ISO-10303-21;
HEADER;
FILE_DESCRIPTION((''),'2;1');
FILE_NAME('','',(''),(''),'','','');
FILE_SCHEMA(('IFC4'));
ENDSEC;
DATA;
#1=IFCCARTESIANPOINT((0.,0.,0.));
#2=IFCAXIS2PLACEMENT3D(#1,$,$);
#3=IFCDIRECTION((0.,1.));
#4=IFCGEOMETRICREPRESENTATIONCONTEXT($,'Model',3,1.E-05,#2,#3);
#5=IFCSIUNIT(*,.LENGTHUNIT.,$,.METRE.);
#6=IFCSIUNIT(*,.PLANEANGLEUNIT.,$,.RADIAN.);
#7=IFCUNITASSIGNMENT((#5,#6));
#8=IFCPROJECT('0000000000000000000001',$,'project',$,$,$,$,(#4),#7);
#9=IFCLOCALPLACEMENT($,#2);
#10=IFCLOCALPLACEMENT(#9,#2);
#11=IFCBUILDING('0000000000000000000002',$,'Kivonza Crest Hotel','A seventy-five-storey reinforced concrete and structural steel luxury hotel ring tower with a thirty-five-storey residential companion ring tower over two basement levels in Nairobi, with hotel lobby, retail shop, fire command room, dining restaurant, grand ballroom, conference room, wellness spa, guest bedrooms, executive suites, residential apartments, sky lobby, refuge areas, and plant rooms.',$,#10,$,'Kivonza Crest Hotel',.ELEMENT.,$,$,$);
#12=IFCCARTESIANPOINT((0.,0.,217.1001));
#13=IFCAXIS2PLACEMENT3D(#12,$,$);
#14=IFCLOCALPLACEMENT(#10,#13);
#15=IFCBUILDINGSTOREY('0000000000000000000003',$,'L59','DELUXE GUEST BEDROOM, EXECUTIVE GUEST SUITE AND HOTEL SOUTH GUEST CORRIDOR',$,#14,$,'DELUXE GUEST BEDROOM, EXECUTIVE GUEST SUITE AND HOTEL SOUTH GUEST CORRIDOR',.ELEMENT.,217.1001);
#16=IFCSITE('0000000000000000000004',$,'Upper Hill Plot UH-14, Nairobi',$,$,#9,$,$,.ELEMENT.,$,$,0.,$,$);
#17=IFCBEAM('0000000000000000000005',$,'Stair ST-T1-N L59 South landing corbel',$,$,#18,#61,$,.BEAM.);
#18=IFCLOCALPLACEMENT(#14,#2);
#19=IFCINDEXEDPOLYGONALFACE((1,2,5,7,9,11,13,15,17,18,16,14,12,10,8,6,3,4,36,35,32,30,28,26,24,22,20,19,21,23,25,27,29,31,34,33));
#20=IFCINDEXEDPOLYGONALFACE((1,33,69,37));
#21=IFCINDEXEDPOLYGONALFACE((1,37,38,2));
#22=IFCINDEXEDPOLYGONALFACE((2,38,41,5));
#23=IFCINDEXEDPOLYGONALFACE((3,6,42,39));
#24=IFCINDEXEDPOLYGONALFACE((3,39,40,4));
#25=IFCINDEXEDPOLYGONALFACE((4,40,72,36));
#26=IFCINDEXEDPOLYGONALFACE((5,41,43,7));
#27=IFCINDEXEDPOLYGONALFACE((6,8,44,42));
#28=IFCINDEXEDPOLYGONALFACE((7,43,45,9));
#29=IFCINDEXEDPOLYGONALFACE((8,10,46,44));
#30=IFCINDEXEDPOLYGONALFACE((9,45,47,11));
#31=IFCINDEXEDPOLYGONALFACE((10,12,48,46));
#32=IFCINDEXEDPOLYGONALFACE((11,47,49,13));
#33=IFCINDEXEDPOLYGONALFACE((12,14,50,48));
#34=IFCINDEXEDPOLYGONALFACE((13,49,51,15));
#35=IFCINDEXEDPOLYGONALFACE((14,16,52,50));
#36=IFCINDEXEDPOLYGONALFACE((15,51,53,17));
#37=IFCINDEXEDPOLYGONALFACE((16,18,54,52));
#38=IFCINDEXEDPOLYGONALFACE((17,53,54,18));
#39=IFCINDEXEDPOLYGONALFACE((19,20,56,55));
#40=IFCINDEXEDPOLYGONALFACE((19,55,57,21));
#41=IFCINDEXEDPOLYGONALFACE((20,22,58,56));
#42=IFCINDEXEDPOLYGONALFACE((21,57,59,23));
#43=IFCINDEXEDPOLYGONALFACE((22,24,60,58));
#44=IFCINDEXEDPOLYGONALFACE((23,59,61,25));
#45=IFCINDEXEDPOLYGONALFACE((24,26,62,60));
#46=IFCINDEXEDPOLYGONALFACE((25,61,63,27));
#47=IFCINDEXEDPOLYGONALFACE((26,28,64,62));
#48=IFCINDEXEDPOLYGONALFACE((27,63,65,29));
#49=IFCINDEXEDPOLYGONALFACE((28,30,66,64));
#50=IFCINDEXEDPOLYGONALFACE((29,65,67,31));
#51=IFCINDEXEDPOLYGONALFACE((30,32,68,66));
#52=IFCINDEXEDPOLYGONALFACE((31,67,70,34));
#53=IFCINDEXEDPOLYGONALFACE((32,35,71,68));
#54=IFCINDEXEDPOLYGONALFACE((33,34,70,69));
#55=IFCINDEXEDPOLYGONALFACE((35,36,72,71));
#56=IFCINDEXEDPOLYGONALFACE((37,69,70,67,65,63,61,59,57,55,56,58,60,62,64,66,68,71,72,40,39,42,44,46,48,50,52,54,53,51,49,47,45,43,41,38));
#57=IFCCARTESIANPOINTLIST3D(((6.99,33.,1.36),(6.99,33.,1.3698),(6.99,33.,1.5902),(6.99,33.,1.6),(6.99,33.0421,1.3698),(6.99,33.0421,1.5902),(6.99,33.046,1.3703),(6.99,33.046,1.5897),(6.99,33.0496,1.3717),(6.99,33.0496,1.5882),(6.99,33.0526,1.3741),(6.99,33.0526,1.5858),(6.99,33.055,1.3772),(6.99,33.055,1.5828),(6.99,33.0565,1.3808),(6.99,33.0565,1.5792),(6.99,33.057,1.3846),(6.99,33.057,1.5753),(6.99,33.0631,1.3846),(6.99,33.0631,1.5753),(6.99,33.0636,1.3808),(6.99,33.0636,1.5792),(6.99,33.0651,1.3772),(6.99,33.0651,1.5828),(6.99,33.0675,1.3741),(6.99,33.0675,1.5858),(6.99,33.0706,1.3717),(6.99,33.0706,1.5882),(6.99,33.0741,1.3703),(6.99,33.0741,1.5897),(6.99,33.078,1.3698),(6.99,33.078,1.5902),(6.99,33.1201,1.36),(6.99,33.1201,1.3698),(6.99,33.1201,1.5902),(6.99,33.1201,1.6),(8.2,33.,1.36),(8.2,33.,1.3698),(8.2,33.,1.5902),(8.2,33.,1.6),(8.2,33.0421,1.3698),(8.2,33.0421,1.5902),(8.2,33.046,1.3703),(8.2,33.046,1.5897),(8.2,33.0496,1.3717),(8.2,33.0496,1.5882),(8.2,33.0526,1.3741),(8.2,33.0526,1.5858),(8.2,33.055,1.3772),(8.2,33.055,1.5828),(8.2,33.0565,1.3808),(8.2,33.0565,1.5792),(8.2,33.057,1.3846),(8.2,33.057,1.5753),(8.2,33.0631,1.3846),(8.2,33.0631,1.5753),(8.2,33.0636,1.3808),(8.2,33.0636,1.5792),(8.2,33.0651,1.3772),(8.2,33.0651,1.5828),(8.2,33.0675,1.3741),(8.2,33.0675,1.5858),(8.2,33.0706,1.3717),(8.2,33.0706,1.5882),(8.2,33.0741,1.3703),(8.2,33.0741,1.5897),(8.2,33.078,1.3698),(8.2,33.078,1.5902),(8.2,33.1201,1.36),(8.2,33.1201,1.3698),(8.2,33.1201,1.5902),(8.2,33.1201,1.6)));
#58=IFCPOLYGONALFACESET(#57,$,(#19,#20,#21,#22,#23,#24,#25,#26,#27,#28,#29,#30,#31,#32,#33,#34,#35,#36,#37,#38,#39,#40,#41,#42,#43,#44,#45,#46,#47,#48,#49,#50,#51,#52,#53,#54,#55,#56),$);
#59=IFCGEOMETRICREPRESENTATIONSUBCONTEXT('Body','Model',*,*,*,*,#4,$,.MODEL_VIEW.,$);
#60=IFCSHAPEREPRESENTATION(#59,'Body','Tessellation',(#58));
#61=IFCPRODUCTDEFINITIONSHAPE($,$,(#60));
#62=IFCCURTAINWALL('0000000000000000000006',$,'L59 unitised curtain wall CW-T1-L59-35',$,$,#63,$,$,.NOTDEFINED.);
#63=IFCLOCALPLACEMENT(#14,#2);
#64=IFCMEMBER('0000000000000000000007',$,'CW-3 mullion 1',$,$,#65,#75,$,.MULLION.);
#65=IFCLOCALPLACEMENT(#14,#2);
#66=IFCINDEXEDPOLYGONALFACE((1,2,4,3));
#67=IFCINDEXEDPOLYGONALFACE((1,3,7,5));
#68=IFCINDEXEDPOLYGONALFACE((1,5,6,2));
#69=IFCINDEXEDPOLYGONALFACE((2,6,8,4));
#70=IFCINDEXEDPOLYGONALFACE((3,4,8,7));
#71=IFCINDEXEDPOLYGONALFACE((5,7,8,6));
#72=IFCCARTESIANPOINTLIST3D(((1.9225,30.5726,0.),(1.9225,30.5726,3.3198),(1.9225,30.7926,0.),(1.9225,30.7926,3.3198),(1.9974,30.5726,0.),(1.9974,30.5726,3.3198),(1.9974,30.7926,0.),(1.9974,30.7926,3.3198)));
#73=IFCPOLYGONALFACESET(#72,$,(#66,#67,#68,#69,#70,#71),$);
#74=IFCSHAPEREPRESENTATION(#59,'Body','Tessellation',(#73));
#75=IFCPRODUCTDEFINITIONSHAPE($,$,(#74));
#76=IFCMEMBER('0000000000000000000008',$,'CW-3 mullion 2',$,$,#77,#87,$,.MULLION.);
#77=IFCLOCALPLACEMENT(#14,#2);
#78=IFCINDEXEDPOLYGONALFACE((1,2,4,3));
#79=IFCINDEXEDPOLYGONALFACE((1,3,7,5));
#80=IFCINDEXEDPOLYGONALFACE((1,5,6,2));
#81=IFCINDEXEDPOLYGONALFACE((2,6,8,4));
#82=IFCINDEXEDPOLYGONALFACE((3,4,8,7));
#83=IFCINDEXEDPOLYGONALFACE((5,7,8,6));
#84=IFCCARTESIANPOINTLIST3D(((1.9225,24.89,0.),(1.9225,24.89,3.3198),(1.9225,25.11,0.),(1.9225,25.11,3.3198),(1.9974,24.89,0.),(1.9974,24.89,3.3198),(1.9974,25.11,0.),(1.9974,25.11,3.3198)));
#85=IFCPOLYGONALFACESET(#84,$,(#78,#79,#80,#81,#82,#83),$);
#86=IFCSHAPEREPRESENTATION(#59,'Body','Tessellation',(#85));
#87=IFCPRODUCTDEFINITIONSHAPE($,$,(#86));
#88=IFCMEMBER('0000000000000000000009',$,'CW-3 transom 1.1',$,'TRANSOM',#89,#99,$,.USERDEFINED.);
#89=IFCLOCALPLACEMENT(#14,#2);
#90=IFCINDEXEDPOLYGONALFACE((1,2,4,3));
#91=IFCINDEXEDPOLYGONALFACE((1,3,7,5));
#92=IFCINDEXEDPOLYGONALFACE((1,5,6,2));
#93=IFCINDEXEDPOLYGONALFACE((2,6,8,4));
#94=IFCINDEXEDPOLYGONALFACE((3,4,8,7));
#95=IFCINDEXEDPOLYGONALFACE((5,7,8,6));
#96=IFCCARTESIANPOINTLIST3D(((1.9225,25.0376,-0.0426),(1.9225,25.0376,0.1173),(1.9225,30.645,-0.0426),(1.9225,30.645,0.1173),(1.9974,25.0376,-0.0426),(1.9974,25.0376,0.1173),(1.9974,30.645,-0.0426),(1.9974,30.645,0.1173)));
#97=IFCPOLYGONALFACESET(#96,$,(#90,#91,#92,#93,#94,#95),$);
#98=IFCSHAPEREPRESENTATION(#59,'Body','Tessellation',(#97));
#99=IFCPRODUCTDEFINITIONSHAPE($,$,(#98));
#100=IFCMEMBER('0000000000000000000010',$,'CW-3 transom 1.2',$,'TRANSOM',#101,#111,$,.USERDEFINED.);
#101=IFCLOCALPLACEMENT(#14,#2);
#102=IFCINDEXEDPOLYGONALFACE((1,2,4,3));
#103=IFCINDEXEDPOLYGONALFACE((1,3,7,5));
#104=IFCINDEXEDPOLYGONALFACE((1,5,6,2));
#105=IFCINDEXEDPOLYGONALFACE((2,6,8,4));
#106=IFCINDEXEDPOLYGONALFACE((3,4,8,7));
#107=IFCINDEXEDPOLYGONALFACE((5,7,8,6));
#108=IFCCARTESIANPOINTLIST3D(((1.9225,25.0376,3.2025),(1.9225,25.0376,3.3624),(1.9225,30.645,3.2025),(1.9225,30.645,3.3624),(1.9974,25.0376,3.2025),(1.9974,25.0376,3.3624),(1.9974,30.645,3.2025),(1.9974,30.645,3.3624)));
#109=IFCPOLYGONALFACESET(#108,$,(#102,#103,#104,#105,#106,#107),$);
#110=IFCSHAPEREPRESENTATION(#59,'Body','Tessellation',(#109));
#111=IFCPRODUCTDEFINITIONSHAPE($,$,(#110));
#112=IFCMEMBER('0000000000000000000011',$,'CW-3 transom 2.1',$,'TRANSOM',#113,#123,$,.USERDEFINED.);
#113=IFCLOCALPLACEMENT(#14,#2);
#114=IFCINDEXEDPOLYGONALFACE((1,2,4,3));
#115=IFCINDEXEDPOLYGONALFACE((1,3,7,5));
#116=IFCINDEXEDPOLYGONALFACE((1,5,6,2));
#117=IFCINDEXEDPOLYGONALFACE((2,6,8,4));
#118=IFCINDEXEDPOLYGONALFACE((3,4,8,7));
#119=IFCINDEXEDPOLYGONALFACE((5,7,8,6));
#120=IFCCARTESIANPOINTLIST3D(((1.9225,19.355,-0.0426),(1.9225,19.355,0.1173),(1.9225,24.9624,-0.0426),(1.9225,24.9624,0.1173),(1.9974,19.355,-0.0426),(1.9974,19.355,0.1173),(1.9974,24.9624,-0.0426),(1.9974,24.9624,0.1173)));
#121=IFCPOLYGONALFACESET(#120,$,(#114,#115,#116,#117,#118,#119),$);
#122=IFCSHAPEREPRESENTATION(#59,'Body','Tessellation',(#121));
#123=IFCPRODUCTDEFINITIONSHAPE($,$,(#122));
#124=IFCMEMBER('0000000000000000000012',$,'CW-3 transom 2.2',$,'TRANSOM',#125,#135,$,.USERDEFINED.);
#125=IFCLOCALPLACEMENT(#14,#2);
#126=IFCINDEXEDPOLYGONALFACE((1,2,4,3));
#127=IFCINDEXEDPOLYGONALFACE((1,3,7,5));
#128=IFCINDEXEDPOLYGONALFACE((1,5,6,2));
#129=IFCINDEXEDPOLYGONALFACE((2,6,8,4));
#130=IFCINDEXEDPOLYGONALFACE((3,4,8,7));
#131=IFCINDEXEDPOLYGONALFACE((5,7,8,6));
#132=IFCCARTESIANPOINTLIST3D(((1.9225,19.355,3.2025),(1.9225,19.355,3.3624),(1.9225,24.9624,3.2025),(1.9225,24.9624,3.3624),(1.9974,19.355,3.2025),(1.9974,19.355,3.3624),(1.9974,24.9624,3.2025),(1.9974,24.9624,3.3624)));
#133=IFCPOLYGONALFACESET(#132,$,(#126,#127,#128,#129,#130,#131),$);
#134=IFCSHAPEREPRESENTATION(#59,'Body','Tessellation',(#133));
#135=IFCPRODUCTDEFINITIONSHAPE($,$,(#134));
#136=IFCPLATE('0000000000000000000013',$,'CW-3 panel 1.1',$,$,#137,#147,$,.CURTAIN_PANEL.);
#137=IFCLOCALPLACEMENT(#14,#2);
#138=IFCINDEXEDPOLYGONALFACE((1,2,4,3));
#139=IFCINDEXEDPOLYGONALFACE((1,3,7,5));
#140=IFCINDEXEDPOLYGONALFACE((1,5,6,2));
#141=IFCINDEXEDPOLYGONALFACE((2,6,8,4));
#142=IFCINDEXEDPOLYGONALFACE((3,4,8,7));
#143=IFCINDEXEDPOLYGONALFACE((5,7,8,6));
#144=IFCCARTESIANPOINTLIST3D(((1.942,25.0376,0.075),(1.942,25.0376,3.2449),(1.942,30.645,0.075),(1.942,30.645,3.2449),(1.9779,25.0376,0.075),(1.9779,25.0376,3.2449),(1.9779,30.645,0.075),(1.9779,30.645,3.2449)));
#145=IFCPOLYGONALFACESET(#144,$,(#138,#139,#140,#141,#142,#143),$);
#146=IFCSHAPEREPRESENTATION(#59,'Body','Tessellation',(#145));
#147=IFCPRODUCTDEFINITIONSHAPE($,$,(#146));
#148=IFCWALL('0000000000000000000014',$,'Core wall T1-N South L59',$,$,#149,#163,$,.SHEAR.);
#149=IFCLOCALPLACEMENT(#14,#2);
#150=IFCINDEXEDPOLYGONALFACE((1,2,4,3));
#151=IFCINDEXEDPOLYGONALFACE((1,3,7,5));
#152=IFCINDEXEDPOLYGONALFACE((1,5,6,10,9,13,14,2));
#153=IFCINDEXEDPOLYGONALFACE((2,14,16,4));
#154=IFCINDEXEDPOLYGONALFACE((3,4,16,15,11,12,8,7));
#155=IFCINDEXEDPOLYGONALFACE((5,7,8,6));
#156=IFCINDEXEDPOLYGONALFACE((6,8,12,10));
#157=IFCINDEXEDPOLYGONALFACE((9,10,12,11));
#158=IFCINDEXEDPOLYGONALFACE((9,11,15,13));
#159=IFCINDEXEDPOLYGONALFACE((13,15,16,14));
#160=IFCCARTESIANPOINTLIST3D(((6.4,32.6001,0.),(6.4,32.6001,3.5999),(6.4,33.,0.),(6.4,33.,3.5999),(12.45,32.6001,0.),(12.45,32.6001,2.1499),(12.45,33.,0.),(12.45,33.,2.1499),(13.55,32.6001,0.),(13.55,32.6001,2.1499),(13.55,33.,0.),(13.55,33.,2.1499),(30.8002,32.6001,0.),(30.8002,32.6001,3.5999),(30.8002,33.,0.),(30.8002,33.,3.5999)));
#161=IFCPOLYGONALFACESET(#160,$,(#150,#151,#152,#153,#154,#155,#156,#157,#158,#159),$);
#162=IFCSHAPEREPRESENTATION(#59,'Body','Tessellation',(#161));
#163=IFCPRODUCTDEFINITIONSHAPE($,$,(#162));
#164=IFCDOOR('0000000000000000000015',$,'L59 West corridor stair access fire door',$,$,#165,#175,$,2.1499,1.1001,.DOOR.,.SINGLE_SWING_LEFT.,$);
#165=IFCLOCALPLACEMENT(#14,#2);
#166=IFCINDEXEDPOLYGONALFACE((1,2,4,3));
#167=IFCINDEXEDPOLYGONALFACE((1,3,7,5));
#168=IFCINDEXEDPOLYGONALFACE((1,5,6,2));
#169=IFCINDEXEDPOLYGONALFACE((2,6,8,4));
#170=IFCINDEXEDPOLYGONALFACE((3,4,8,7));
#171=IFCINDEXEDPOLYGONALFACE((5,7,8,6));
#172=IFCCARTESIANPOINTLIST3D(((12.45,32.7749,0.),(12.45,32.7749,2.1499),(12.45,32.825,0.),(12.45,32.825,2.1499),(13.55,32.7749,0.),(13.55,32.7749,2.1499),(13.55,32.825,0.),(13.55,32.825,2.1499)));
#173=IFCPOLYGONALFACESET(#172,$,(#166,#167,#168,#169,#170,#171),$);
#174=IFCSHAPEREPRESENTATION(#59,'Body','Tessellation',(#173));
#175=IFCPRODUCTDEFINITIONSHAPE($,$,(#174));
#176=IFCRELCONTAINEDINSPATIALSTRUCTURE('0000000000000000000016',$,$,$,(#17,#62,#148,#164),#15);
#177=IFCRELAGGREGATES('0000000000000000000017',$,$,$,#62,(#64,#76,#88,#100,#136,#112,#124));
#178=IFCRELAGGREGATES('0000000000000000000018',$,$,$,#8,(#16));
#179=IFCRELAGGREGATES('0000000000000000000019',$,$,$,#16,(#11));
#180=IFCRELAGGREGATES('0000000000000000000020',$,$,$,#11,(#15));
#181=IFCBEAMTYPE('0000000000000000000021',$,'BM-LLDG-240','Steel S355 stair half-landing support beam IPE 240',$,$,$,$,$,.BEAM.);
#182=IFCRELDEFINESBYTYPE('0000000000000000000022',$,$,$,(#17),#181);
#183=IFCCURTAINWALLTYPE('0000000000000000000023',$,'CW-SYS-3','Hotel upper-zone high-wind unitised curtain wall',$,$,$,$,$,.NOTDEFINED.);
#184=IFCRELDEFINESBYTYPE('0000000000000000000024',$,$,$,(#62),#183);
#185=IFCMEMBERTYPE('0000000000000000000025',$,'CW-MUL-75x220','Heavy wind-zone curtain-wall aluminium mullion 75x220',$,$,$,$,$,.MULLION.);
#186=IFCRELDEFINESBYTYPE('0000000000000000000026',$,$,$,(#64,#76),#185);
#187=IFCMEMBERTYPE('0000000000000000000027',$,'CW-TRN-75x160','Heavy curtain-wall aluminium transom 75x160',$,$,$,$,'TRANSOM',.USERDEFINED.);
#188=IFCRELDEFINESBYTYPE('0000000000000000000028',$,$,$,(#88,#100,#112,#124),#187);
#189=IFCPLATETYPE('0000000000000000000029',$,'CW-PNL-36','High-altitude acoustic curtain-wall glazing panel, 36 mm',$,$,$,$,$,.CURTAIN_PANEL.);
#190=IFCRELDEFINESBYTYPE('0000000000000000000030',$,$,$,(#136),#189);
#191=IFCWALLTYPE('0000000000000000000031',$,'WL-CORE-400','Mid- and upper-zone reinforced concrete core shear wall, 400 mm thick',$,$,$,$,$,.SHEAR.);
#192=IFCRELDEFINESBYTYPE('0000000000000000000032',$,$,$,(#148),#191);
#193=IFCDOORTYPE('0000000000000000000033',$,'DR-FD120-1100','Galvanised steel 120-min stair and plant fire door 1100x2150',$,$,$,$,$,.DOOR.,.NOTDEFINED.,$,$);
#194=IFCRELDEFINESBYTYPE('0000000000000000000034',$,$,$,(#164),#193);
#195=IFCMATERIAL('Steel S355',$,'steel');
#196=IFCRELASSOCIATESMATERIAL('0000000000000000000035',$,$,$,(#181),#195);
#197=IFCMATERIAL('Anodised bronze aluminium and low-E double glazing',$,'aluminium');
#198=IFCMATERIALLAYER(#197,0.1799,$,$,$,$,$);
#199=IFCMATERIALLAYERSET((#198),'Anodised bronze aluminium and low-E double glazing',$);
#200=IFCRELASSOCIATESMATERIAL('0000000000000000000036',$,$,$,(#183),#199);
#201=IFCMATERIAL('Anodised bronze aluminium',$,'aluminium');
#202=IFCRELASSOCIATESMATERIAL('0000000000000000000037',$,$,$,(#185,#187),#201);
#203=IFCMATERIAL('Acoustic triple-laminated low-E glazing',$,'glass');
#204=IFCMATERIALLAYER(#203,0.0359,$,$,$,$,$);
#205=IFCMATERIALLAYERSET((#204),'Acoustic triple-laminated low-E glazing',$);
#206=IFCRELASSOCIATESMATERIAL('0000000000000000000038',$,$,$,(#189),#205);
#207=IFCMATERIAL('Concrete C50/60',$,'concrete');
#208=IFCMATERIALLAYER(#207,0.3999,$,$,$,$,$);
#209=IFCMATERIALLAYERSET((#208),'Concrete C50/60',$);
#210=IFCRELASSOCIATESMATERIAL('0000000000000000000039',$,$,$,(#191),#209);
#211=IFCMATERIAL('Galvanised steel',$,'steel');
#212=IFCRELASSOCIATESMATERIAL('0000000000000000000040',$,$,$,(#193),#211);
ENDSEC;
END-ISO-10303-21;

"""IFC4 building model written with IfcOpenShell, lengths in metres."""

from ifc_helpers import new_model, si_unit, direction, frame, frame_2d, origin, origin_2d, place, context, subcontext, project, spatial, rectangle, i_section, extrude, material, layer, layer_set, material_profile, profile_set, type_object, element, fill, aggregate, save


model = new_model("IFC4")

# Units and contexts
model_context = context("Model", 3, precision=1e-05, world=origin(), true_north=direction((0.0, 1.0)))
body_context = subcontext(model_context, "Body", "Model", "MODEL_VIEW")
ifc_project = project(units=[si_unit("LENGTHUNIT", "METRE"), si_unit("PLANEANGLEUNIT", "RADIAN")], contexts=[model_context])

# Site, building, storey
site_placement = place(None, origin())
site = spatial("IfcSite", under=ifc_project, at=site_placement, Name="Upper Hill Plot UH-14, Nairobi", CompositionType="ELEMENT", RefElevation=0.0)
building_placement = place(site_placement, origin())
building = spatial("IfcBuilding", under=site, at=building_placement, Name="Kivonza Crest Hotel", Description="A seventy-five-storey reinforced concrete and structural steel luxury hotel ring tower with a thirty-five-storey residential companion ring tower over two basement levels in Nairobi, with hotel lobby, retail shop, fire command room, dining restaurant, grand ballroom, conference room, wellness spa, guest bedrooms, executive suites, residential apartments, sky lobby, refuge areas, and plant rooms.", LongName="Kivonza Crest Hotel", CompositionType="ELEMENT")
storey_placement = place(building_placement, frame((0.0, 0.0, 217.1001)))
storey = spatial("IfcBuildingStorey", under=building, at=storey_placement, Name="L59", Description="DELUXE GUEST BEDROOM, EXECUTIVE GUEST SUITE AND HOTEL SOUTH GUEST CORRIDOR", LongName="DELUXE GUEST BEDROOM, EXECUTIVE GUEST SUITE AND HOTEL SOUTH GUEST CORRIDOR", CompositionType="ELEMENT", Elevation=217.1001)

# Shared definitions
ifc_material_1 = material(Name="Concrete C50/60", Category="concrete")

# Beam
ifc_material_2 = material(Name="Steel S355", Category="steel")
ifc_material_profile_1 = material_profile(ifc_material_2, i_section(OverallWidth=0.1201, OverallDepth=0.24, WebThickness=0.0061, FlangeThickness=0.0098, FilletRadius=0.0149, at=origin_2d()), Name="IPE 240")
ifc_profile_set_1 = profile_set([ifc_material_profile_1], Name="Steel S355")
beam_type_1 = type_object("IfcBeamType", Name="BM-LLDG-240", Description="Steel S355 stair half-landing support beam IPE 240", PredefinedType="BEAM", material=ifc_profile_set_1)
beam_1_placement = place(storey_placement, frame((6.99, 33.0601, 1.48), z_axis=(1.0, 0.0, 0.0), x_axis=(0.0, 1.0, 0.0)))
element("IfcBeam", 1, at=beam_1_placement, inside=storey, type_object=beam_type_1, Name="Stair ST-T1-N L59 South landing corbel", PredefinedType="BEAM", context=body_context, shape_type="SweptSolid", body=[
    extrude(i_section(OverallWidth=0.1201, OverallDepth=0.24, WebThickness=0.0061, FlangeThickness=0.0098, FilletRadius=0.0149, at=origin_2d()), origin(), (0.0, 0.0, 1.0), 1.21),
])

# Curtain wall, members, plate
ifc_material_3 = material(Name="Anodised bronze aluminium and low-E double glazing", Category="aluminium")
ifc_layer_1 = layer(ifc_material_3, 0.1799)
ifc_layer_set_1 = layer_set([ifc_layer_1], Name="Anodised bronze aluminium and low-E double glazing")
curtain_wall_type = type_object("IfcCurtainWallType", Name="CW-SYS-3", Description="Hotel upper-zone high-wind unitised curtain wall", PredefinedType="NOTDEFINED", material=ifc_layer_set_1)
curtain_wall_placement = place(storey_placement, origin())
curtain_wall = element("IfcCurtainWall", 2, at=curtain_wall_placement, inside=storey, type_object=curtain_wall_type, Name="L59 unitised curtain wall CW-T1-L59-35", PredefinedType="NOTDEFINED")
ifc_material_4 = material(Name="Anodised bronze aluminium", Category="aluminium")
ifc_material_profile_2 = material_profile(ifc_material_4, rectangle(XDim=0.075, YDim=0.22, at=origin_2d()), Name="CW-M 75x220")
ifc_profile_set_2 = profile_set([ifc_material_profile_2], Name="Anodised bronze aluminium")
member_type_1 = type_object("IfcMemberType", Name="CW-MUL-75x220", Description="Heavy wind-zone curtain-wall aluminium mullion 75x220", PredefinedType="MULLION", material=ifc_profile_set_2)
member_1_placement = place(storey_placement, frame((1.96, 30.6826, 0.0), z_axis=(0.0, 0.0, 1.0), x_axis=(1.0, 0.0, 0.0)))
member_1 = element("IfcMember", 3, at=member_1_placement, type_object=member_type_1, Name="CW-3 mullion 1", PredefinedType="MULLION", context=body_context, shape_type="SweptSolid", body=[
    extrude(rectangle(XDim=0.075, YDim=0.22, at=origin_2d()), origin(), (0.0, 0.0, 1.0), 3.3198),
])
member_2_placement = place(storey_placement, frame((1.96, 25.0, 0.0), z_axis=(0.0, 0.0, 1.0), x_axis=(1.0, 0.0, 0.0)))
member_2 = element("IfcMember", 4, at=member_2_placement, type_object=member_type_1, Name="CW-3 mullion 2", PredefinedType="MULLION", context=body_context, shape_type="SweptSolid", body=[
    extrude(rectangle(XDim=0.075, YDim=0.22, at=origin_2d()), origin(), (0.0, 0.0, 1.0), 3.3198),
])
ifc_material_profile_3 = material_profile(ifc_material_4, rectangle(XDim=0.075, YDim=0.1599, at=origin_2d()), Name="CW-T 75x160")
ifc_profile_set_3 = profile_set([ifc_material_profile_3], Name="Anodised bronze aluminium")
member_type_2 = type_object("IfcMemberType", Name="CW-TRN-75x160", Description="Heavy curtain-wall aluminium transom 75x160", ElementType="TRANSOM", PredefinedType="USERDEFINED", material=ifc_profile_set_3)
member_3_placement = place(storey_placement, frame((1.96, 30.645, 0.0374), z_axis=(0.0, -1.0, 0.0), x_axis=(1.0, 0.0, 0.0)))
member_3 = element("IfcMember", 5, at=member_3_placement, type_object=member_type_2, Name="CW-3 transom 1.1", ObjectType="TRANSOM", PredefinedType="USERDEFINED", context=body_context, shape_type="SweptSolid", body=[
    extrude(rectangle(XDim=0.075, YDim=0.1599, at=origin_2d()), origin(), (0.0, 0.0, 1.0), 5.6074),
])
member_4_placement = place(storey_placement, frame((1.96, 30.645, 3.2825), z_axis=(0.0, -1.0, 0.0), x_axis=(1.0, 0.0, 0.0)))
member_4 = element("IfcMember", 6, at=member_4_placement, type_object=member_type_2, Name="CW-3 transom 1.2", ObjectType="TRANSOM", PredefinedType="USERDEFINED", context=body_context, shape_type="SweptSolid", body=[
    extrude(rectangle(XDim=0.075, YDim=0.1599, at=origin_2d()), origin(), (0.0, 0.0, 1.0), 5.6074),
])
member_5_placement = place(storey_placement, frame((1.96, 24.9624, 0.0374), z_axis=(0.0, -1.0, 0.0), x_axis=(1.0, 0.0, 0.0)))
member_5 = element("IfcMember", 7, at=member_5_placement, type_object=member_type_2, Name="CW-3 transom 2.1", ObjectType="TRANSOM", PredefinedType="USERDEFINED", context=body_context, shape_type="SweptSolid", body=[
    extrude(rectangle(XDim=0.075, YDim=0.1599, at=origin_2d()), origin(), (0.0, 0.0, 1.0), 5.6074),
])
member_6_placement = place(storey_placement, frame((1.96, 24.9624, 3.2825), z_axis=(0.0, -1.0, 0.0), x_axis=(1.0, 0.0, 0.0)))
member_6 = element("IfcMember", 8, at=member_6_placement, type_object=member_type_2, Name="CW-3 transom 2.2", ObjectType="TRANSOM", PredefinedType="USERDEFINED", context=body_context, shape_type="SweptSolid", body=[
    extrude(rectangle(XDim=0.075, YDim=0.1599, at=origin_2d()), origin(), (0.0, 0.0, 1.0), 5.6074),
])
ifc_material_5 = material(Name="Acoustic triple-laminated low-E glazing", Category="glass")
ifc_layer_2 = layer(ifc_material_5, 0.0359)
ifc_layer_set_2 = layer_set([ifc_layer_2], Name="Acoustic triple-laminated low-E glazing")
plate_type = type_object("IfcPlateType", Name="CW-PNL-36", Description="High-altitude acoustic curtain-wall glazing panel, 36 mm", PredefinedType="CURTAIN_PANEL", material=ifc_layer_set_2)
plate_placement = place(storey_placement, frame((1.96, 27.8413, 0.075), z_axis=(0.0, 0.0, 1.0), x_axis=(0.0, -1.0, 0.0)))
plate = element("IfcPlate", 9, at=plate_placement, type_object=plate_type, Name="CW-3 panel 1.1", PredefinedType="CURTAIN_PANEL", context=body_context, shape_type="SweptSolid", body=[
    extrude(rectangle(XDim=5.6074, YDim=0.0359, at=origin_2d()), origin(), (0.0, 0.0, 1.0), 3.1699),
])
aggregate(curtain_wall, [member_1, member_2, member_3, member_4, plate, member_5, member_6])

# Wall, opening, door
ifc_layer_3 = layer(ifc_material_1, 0.3999)
ifc_layer_set_3 = layer_set([ifc_layer_3], Name="Concrete C50/60")
wall_type = type_object("IfcWallType", Name="WL-CORE-400", Description="Mid- and upper-zone reinforced concrete core shear wall, 400 mm thick", PredefinedType="SHEAR", material=ifc_layer_set_3)
wall_1_placement = place(storey_placement, frame((6.3999, 32.8, 0.0), z_axis=(0.0, 0.0, 1.0), x_axis=(1.0, 0.0, 0.0)))
wall_1 = element("IfcWall", 10, at=wall_1_placement, inside=storey, type_object=wall_type, Name="Core wall T1-N South L59", PredefinedType="SHEAR", context=body_context, shape_type="SweptSolid", body=[
    extrude(rectangle(XDim=24.4001, YDim=0.3999, at=frame_2d((12.2002, 0.0))), origin(), (0.0, 0.0, 1.0), 3.5999),
])
opening_placement = place(wall_1_placement, frame((6.05, 0.0, 0.0)))
opening = element("IfcOpeningElement", 11, at=opening_placement, cuts=wall_1, PredefinedType="OPENING", context=body_context, shape_type="SweptSolid", body=[
    extrude(rectangle(XDim=1.1001, YDim=2.1499, at=frame_2d((0.55, 1.075))), frame((0.0, 0.21, 0.0), z_axis=(0.0, -1.0, 0.0), x_axis=(1.0, 0.0, 0.0)), (0.0, 0.0, 1.0), 0.4199),
])
ifc_material_6 = material(Name="Galvanised steel", Category="steel")
door_type = type_object("IfcDoorType", Name="DR-FD120-1100", Description="Galvanised steel 120-min stair and plant fire door 1100x2150", OperationType="NOTDEFINED", PredefinedType="DOOR", material=ifc_material_6)
door_placement = place(opening_placement, origin())
door = element("IfcDoor", 12, at=door_placement, inside=storey, type_object=door_type, Name="L59 West corridor stair access fire door", OperationType="SINGLE_SWING_LEFT", OverallHeight=2.1499, OverallWidth=1.1001, PredefinedType="DOOR", context=body_context, shape_type="SweptSolid", body=[
    extrude(rectangle(XDim=1.1001, YDim=2.1499, at=frame_2d((0.55, 1.075))), frame((0.0, 0.0249, 0.0), z_axis=(0.0, -1.0, 0.0), x_axis=(1.0, 0.0, 0.0)), (0.0, 0.0, 1.0), 0.05),
])
fill(opening, door)

save(model, "model.ifc")
